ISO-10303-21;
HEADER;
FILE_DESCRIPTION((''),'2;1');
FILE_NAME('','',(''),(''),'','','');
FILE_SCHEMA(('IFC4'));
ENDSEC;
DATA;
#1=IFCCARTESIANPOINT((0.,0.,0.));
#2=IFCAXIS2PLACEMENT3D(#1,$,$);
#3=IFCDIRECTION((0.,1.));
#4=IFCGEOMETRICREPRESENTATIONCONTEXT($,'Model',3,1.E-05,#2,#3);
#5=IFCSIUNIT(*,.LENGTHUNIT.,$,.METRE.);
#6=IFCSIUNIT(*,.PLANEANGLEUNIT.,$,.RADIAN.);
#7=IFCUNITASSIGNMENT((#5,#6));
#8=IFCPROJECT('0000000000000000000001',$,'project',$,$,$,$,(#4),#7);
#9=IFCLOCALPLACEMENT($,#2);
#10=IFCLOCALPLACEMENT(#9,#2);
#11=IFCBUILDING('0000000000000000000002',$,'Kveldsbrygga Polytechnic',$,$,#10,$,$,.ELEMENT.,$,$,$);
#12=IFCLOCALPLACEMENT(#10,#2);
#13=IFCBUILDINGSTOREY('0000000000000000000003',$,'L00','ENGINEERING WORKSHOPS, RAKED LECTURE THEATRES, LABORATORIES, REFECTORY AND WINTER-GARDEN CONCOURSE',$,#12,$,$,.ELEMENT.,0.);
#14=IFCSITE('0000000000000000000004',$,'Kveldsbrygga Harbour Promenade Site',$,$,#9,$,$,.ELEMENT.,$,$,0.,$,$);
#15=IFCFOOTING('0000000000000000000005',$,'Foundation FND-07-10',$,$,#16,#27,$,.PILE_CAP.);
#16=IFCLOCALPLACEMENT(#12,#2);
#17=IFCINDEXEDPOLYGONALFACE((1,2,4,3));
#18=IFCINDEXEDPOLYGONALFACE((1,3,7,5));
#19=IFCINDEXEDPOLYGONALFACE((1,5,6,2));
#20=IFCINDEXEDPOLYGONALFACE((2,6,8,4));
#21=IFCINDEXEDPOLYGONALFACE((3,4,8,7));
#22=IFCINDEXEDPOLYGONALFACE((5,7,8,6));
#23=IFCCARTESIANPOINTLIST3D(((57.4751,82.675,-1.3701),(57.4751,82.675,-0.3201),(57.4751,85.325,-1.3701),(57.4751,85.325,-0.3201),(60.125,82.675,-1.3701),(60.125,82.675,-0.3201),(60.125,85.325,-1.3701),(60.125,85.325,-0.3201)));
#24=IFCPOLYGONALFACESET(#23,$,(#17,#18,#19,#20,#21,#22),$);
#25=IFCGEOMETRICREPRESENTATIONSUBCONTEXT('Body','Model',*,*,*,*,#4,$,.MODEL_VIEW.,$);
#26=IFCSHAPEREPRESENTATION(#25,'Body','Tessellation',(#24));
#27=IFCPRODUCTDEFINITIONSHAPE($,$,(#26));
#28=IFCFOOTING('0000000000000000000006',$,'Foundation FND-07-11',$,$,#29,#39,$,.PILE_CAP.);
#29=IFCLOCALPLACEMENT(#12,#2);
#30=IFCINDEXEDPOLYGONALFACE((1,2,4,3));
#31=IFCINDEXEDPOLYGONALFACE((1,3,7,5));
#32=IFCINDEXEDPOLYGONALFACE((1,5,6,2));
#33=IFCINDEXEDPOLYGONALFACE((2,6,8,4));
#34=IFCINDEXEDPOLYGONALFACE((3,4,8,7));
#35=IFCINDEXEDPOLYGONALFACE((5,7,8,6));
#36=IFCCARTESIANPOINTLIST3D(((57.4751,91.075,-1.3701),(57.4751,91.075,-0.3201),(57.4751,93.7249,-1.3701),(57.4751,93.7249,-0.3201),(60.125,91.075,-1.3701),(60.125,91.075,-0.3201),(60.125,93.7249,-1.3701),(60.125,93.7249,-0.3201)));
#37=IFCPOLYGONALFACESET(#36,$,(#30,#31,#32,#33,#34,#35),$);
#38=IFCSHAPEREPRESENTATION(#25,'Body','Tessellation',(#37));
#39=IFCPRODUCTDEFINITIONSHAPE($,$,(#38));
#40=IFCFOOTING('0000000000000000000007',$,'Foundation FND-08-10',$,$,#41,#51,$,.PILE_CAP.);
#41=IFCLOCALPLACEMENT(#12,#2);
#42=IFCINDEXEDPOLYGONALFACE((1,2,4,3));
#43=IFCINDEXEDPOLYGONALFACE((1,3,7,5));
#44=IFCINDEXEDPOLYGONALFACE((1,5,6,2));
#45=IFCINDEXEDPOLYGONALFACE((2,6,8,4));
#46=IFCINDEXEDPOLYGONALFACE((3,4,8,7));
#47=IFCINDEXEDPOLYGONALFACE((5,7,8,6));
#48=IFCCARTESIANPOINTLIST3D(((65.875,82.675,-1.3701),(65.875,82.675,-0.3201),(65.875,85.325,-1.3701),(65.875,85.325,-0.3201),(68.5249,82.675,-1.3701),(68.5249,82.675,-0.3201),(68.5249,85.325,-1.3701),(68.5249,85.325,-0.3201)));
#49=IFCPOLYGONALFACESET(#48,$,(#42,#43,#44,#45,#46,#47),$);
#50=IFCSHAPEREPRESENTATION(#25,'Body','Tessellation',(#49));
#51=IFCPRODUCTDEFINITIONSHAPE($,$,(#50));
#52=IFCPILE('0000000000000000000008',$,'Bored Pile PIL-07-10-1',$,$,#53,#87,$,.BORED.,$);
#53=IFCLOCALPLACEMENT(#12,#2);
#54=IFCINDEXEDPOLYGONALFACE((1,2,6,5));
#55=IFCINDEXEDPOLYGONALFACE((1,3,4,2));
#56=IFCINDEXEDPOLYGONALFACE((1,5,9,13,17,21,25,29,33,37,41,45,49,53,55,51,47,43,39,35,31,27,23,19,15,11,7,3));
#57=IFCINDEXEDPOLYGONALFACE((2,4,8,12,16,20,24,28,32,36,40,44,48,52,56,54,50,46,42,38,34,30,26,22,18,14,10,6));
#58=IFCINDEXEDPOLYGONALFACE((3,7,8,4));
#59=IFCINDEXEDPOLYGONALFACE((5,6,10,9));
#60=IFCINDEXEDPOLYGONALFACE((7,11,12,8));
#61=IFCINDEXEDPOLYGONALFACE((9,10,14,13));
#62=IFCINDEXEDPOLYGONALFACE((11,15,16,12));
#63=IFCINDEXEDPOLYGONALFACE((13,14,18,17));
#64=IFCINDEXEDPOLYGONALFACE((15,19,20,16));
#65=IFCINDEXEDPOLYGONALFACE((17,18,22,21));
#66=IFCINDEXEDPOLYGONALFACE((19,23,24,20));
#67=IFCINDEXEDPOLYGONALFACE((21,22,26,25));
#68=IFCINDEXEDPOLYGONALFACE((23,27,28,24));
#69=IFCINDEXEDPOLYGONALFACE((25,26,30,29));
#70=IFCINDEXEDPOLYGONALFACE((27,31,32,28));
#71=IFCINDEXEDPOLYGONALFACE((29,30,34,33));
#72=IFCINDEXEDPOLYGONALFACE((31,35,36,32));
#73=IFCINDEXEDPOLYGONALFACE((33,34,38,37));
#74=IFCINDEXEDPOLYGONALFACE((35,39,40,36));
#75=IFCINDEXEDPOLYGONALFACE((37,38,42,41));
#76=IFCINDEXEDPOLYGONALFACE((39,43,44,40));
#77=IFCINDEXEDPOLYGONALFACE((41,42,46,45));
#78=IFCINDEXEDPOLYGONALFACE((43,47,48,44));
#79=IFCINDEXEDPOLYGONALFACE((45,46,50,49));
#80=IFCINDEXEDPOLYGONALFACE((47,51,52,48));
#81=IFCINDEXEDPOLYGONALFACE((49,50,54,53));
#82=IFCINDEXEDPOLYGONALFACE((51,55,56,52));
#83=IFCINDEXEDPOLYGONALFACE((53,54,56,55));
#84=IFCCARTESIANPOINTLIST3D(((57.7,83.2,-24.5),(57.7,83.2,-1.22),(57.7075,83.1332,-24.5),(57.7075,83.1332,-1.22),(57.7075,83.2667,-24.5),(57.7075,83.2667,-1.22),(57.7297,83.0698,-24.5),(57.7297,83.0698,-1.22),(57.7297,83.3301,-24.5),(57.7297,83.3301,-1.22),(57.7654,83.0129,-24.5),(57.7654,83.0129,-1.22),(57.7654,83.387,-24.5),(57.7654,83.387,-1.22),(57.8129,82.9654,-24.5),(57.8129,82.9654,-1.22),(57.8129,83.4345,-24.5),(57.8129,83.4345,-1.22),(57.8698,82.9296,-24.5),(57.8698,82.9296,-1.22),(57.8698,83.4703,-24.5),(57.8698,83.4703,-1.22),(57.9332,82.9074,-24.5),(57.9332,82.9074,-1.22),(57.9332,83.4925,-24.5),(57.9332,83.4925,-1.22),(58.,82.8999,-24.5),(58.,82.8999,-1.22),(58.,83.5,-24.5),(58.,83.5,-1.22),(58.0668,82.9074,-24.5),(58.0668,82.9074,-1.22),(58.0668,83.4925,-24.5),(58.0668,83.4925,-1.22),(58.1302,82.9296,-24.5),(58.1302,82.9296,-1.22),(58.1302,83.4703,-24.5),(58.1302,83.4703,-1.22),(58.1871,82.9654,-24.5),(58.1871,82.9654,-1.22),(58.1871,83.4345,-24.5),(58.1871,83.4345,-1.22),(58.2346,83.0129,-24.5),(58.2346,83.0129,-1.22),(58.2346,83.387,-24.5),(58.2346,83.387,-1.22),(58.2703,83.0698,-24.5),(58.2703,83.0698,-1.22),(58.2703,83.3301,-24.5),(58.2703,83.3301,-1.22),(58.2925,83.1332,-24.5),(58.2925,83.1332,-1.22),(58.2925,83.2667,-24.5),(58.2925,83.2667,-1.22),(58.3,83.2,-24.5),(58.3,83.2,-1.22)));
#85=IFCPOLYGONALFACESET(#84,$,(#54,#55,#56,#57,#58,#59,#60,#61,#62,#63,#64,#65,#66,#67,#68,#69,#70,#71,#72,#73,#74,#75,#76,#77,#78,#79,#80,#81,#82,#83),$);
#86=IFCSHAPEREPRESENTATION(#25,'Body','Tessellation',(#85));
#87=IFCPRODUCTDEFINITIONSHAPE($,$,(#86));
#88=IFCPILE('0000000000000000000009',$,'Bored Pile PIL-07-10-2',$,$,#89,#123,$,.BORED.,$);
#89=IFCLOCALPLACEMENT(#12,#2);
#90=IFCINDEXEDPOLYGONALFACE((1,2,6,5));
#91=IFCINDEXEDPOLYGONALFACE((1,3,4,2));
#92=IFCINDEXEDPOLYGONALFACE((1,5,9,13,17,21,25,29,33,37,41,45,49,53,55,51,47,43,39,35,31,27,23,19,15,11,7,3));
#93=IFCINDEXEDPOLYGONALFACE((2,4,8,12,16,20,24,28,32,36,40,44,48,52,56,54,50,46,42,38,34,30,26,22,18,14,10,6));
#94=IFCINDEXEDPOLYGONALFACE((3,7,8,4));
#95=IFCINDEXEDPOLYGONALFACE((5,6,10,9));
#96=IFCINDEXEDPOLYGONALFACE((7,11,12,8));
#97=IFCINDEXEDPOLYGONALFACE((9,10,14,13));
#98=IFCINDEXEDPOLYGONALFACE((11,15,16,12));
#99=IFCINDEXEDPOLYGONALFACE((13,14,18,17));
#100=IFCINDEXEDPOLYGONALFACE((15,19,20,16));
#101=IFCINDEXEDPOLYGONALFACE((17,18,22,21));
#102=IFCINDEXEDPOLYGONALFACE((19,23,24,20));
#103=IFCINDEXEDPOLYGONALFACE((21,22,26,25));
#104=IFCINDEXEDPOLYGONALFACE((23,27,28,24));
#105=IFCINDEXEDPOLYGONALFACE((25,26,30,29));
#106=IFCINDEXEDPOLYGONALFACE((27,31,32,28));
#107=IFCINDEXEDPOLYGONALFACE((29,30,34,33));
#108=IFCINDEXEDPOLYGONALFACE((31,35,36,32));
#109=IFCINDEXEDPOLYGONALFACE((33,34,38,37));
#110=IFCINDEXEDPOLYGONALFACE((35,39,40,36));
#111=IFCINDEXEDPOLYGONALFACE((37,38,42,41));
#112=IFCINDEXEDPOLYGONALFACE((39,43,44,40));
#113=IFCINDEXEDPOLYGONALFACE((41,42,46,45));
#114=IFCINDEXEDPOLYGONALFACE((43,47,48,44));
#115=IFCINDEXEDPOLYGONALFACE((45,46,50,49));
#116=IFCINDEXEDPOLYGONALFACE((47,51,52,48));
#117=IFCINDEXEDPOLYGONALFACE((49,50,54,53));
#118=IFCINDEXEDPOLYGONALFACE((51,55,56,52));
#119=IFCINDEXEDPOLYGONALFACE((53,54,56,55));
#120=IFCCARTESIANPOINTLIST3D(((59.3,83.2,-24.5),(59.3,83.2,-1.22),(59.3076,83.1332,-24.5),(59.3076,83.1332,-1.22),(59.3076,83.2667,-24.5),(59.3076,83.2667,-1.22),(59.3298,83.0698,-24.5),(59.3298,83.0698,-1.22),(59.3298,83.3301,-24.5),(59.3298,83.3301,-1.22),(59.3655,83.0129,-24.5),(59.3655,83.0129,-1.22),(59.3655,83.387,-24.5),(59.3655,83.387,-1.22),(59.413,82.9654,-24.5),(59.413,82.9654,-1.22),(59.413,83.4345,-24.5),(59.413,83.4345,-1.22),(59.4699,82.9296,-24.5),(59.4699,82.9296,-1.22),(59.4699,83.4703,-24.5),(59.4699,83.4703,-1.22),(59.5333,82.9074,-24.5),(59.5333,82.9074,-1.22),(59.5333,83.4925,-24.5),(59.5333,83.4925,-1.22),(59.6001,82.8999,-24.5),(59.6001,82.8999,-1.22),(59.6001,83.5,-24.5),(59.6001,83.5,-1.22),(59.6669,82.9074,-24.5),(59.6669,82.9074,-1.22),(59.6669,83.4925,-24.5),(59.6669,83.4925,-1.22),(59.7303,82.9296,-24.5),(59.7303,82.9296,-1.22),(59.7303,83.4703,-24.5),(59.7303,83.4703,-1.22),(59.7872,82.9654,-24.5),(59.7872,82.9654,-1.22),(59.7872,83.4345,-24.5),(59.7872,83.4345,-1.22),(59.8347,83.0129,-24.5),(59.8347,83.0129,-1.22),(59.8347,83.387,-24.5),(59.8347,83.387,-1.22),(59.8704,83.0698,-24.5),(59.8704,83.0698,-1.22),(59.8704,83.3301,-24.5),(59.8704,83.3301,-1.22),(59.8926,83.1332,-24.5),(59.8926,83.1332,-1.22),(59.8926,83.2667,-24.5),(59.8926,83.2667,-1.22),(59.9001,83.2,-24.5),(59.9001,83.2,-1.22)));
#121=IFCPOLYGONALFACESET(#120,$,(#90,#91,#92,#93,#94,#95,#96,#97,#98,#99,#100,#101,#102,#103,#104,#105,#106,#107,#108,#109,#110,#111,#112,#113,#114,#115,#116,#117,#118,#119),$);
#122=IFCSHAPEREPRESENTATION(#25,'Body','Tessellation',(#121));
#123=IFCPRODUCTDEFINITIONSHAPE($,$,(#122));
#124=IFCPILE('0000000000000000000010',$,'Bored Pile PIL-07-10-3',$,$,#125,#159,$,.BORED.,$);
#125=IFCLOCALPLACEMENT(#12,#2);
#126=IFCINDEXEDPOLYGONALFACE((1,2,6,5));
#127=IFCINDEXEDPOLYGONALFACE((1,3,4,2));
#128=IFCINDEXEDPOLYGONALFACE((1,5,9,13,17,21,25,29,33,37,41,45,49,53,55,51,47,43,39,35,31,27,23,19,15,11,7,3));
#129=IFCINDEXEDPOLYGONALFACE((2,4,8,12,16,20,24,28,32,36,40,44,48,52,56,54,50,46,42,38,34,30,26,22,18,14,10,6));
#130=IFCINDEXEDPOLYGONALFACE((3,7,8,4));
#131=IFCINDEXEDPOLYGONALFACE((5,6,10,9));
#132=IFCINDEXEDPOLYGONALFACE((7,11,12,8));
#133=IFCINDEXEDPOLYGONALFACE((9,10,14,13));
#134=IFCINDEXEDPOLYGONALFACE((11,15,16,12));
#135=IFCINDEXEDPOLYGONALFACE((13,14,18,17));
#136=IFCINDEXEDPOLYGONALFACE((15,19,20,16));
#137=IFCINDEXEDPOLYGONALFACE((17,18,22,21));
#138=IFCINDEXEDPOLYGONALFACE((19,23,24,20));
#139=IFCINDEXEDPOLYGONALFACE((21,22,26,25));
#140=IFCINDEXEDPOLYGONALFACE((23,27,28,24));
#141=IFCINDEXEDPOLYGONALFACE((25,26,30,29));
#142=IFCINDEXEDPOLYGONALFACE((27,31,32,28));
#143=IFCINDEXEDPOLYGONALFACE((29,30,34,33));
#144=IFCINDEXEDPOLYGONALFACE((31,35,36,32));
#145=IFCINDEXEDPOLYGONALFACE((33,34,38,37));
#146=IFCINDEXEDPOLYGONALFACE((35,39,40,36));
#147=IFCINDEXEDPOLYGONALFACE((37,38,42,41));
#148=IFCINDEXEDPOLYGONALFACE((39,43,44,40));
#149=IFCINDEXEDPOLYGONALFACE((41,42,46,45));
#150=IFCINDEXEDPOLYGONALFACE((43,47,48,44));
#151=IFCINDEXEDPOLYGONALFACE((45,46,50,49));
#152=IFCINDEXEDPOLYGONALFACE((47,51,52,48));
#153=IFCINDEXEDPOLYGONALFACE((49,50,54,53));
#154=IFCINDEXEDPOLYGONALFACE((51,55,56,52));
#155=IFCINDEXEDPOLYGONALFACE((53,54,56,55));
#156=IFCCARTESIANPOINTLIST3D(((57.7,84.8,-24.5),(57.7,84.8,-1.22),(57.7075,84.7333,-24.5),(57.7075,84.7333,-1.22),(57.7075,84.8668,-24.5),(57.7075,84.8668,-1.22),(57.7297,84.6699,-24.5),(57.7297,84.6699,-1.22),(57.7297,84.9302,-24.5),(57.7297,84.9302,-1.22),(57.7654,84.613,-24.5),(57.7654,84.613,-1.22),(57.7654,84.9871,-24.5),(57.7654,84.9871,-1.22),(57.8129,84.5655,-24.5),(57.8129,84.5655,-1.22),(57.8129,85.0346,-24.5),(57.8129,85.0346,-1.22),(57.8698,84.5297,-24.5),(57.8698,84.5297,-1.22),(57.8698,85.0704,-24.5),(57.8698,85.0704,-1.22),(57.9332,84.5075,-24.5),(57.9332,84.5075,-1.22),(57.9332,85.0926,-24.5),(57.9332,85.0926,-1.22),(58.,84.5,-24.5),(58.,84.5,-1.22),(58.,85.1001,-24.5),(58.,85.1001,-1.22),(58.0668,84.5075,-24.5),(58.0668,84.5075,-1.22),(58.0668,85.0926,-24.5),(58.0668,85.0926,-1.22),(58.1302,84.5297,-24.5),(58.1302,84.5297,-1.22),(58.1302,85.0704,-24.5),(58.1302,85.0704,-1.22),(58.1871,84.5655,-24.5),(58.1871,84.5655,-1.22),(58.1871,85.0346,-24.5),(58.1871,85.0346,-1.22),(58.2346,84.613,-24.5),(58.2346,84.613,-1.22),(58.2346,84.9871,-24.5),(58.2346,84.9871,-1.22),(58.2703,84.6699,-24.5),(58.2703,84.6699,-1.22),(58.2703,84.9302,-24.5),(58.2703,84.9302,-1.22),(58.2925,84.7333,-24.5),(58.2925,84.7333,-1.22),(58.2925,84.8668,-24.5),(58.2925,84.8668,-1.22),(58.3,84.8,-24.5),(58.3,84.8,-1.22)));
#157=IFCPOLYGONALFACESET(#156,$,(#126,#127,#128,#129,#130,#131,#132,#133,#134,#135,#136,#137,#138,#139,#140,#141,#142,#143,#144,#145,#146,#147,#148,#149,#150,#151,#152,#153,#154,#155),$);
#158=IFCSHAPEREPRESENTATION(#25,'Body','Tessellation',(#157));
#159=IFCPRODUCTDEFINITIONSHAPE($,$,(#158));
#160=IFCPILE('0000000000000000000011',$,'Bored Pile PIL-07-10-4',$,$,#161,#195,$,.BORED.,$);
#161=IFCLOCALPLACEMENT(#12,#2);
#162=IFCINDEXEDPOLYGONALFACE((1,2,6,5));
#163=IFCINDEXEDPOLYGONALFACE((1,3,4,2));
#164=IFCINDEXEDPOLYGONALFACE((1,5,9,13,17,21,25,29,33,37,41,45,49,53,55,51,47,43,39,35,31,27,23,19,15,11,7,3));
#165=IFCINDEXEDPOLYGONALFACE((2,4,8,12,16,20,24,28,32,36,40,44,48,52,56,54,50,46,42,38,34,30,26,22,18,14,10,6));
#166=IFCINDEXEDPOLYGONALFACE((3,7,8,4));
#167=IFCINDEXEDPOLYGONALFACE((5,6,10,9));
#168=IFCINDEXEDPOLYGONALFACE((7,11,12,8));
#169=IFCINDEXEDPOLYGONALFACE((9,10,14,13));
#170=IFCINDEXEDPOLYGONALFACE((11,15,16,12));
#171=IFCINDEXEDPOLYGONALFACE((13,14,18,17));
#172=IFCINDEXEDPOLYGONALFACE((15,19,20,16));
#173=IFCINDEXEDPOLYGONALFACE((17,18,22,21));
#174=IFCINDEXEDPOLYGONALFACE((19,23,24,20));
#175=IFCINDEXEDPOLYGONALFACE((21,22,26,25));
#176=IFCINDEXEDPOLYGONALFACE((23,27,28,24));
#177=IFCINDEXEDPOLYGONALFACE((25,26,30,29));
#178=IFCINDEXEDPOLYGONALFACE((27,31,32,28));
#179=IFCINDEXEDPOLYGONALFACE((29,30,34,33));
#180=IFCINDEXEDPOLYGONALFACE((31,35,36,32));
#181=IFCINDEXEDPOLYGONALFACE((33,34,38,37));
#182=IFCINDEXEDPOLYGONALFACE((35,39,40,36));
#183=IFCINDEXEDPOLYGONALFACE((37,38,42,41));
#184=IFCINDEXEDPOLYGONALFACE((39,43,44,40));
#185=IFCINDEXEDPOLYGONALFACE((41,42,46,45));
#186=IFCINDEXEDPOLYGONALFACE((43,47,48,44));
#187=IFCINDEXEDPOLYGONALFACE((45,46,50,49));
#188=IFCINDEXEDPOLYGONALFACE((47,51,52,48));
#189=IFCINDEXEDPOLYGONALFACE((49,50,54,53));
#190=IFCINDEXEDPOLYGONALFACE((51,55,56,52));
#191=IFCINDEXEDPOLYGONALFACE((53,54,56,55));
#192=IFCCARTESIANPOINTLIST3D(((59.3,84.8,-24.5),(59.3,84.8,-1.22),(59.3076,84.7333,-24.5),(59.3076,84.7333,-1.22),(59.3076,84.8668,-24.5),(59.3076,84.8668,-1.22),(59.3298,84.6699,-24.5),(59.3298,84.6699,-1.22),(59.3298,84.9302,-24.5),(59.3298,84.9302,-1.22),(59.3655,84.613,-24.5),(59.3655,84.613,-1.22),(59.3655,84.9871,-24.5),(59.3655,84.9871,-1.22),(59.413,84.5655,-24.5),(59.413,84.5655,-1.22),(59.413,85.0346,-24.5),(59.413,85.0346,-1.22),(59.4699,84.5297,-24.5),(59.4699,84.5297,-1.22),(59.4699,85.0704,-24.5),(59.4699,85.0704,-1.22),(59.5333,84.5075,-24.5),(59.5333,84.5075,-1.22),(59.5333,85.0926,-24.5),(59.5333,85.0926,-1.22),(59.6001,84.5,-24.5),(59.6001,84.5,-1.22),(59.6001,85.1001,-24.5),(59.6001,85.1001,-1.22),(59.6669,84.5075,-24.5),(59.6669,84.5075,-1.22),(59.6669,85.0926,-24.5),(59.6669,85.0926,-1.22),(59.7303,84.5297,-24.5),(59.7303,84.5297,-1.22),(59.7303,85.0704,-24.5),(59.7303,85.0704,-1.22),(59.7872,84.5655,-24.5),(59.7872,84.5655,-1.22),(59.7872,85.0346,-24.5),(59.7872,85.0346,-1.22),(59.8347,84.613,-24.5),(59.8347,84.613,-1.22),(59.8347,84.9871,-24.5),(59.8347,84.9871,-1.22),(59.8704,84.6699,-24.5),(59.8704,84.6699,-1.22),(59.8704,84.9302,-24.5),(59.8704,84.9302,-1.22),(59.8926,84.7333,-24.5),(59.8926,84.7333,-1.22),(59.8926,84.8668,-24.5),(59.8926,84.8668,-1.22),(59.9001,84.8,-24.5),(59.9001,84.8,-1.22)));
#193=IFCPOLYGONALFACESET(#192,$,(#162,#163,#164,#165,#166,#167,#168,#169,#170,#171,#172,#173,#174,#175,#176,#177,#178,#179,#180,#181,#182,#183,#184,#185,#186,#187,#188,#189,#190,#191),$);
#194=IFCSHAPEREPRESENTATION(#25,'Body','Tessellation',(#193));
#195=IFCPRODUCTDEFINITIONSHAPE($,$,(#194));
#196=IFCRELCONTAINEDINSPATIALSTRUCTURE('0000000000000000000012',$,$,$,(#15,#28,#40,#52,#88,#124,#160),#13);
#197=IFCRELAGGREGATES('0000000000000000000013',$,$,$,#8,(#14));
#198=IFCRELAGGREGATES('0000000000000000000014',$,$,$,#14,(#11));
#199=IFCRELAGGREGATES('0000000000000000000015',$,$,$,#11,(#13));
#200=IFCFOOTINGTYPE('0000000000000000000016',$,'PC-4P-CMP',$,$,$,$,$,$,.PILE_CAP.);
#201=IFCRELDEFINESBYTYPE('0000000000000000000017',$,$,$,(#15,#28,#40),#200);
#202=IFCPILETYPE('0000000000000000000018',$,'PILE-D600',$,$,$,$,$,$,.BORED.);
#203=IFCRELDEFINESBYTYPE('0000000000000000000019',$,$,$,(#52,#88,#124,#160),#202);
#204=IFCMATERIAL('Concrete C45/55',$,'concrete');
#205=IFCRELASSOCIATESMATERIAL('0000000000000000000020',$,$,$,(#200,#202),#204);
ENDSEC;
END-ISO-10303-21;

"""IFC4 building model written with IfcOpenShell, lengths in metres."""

from ifc_helpers import new_model, si_unit, direction, frame, origin, origin_2d, place, context, subcontext, project, spatial, rectangle, circle, extrude, material, material_profile, profile_set, type_object, element, save


model = new_model("IFC4")

# Units and contexts
model_context = context("Model", 3, precision=1e-05, world=origin(), true_north=direction((0.0, 1.0)))
body_context = subcontext(model_context, "Body", "Model", "MODEL_VIEW")
ifc_project = project(units=[si_unit("LENGTHUNIT", "METRE"), si_unit("PLANEANGLEUNIT", "RADIAN")], contexts=[model_context])

# Site, building, storey
site_placement = place(None, origin())
site = spatial("IfcSite", under=ifc_project, at=site_placement, Name="Kveldsbrygga Harbour Promenade Site", CompositionType="ELEMENT", RefElevation=0.0)
building_placement = place(site_placement, origin())
building = spatial("IfcBuilding", under=site, at=building_placement, Name="Kveldsbrygga Polytechnic", CompositionType="ELEMENT")
storey_placement = place(building_placement, origin())
storey = spatial("IfcBuildingStorey", under=building, at=storey_placement, Name="L00", Description="ENGINEERING WORKSHOPS, RAKED LECTURE THEATRES, LABORATORIES, REFECTORY AND WINTER-GARDEN CONCOURSE", CompositionType="ELEMENT", Elevation=0.0)

# Footings
ifc_material_1 = material(Name="Concrete C45/55", Category="concrete")
footing_type = type_object("IfcFootingType", Name="PC-4P-CMP", PredefinedType="PILE_CAP", material=ifc_material_1)
for number, where, z_axis, x_axis, name in (
    (1, (58.8, 84.0, -1.3701), (0.0, 0.0, 1.0), (1.0, 0.0, 0.0), "Foundation FND-07-10"),
    (2, (58.8, 92.3999, -1.3701), (0.0, 0.0, 1.0), (1.0, 0.0, 0.0), "Foundation FND-07-11"),
    (3, (67.2, 84.0, -1.3701), (0.0, 0.0, 1.0), (1.0, 0.0, 0.0), "Foundation FND-08-10"),
):
    element("IfcFooting", number, at=place(storey_placement, frame(where, z_axis=z_axis, x_axis=x_axis)), inside=storey, type_object=footing_type, Name=name, PredefinedType="PILE_CAP", context=body_context, shape_type="SweptSolid", body=[
        extrude(rectangle(XDim=2.6499, YDim=2.6499, at=origin_2d()), origin(), (0.0, 0.0, 1.0), 1.05),
    ])

# Piles
ifc_material_profile_1 = material_profile(ifc_material_1, circle(Radius=0.3, at=origin_2d()), Name="PILE D600")
ifc_profile_set_1 = profile_set([ifc_material_profile_1], Name="Concrete C45/55")
pile_type = type_object("IfcPileType", Name="PILE-D600", PredefinedType="BORED", material=ifc_profile_set_1)
for number, where, z_axis, x_axis, name in (
    (4, (58.0, 83.2, -1.22), (0.0, 0.0, -1.0), (1.0, 0.0, 0.0), "Bored Pile PIL-07-10-1"),
    (5, (59.6001, 83.2, -1.22), (0.0, 0.0, -1.0), (1.0, 0.0, 0.0), "Bored Pile PIL-07-10-2"),
    (6, (58.0, 84.8, -1.22), (0.0, 0.0, -1.0), (1.0, 0.0, 0.0), "Bored Pile PIL-07-10-3"),
    (7, (59.6001, 84.8, -1.22), (0.0, 0.0, -1.0), (1.0, 0.0, 0.0), "Bored Pile PIL-07-10-4"),
):
    element("IfcPile", number, at=place(storey_placement, frame(where, z_axis=z_axis, x_axis=x_axis)), inside=storey, type_object=pile_type, Name=name, PredefinedType="BORED", context=body_context, shape_type="SweptSolid", body=[
        extrude(circle(Radius=0.3, at=origin_2d()), origin(), (0.0, 0.0, 1.0), 23.28),
    ])

save(model, "model.ifc")
